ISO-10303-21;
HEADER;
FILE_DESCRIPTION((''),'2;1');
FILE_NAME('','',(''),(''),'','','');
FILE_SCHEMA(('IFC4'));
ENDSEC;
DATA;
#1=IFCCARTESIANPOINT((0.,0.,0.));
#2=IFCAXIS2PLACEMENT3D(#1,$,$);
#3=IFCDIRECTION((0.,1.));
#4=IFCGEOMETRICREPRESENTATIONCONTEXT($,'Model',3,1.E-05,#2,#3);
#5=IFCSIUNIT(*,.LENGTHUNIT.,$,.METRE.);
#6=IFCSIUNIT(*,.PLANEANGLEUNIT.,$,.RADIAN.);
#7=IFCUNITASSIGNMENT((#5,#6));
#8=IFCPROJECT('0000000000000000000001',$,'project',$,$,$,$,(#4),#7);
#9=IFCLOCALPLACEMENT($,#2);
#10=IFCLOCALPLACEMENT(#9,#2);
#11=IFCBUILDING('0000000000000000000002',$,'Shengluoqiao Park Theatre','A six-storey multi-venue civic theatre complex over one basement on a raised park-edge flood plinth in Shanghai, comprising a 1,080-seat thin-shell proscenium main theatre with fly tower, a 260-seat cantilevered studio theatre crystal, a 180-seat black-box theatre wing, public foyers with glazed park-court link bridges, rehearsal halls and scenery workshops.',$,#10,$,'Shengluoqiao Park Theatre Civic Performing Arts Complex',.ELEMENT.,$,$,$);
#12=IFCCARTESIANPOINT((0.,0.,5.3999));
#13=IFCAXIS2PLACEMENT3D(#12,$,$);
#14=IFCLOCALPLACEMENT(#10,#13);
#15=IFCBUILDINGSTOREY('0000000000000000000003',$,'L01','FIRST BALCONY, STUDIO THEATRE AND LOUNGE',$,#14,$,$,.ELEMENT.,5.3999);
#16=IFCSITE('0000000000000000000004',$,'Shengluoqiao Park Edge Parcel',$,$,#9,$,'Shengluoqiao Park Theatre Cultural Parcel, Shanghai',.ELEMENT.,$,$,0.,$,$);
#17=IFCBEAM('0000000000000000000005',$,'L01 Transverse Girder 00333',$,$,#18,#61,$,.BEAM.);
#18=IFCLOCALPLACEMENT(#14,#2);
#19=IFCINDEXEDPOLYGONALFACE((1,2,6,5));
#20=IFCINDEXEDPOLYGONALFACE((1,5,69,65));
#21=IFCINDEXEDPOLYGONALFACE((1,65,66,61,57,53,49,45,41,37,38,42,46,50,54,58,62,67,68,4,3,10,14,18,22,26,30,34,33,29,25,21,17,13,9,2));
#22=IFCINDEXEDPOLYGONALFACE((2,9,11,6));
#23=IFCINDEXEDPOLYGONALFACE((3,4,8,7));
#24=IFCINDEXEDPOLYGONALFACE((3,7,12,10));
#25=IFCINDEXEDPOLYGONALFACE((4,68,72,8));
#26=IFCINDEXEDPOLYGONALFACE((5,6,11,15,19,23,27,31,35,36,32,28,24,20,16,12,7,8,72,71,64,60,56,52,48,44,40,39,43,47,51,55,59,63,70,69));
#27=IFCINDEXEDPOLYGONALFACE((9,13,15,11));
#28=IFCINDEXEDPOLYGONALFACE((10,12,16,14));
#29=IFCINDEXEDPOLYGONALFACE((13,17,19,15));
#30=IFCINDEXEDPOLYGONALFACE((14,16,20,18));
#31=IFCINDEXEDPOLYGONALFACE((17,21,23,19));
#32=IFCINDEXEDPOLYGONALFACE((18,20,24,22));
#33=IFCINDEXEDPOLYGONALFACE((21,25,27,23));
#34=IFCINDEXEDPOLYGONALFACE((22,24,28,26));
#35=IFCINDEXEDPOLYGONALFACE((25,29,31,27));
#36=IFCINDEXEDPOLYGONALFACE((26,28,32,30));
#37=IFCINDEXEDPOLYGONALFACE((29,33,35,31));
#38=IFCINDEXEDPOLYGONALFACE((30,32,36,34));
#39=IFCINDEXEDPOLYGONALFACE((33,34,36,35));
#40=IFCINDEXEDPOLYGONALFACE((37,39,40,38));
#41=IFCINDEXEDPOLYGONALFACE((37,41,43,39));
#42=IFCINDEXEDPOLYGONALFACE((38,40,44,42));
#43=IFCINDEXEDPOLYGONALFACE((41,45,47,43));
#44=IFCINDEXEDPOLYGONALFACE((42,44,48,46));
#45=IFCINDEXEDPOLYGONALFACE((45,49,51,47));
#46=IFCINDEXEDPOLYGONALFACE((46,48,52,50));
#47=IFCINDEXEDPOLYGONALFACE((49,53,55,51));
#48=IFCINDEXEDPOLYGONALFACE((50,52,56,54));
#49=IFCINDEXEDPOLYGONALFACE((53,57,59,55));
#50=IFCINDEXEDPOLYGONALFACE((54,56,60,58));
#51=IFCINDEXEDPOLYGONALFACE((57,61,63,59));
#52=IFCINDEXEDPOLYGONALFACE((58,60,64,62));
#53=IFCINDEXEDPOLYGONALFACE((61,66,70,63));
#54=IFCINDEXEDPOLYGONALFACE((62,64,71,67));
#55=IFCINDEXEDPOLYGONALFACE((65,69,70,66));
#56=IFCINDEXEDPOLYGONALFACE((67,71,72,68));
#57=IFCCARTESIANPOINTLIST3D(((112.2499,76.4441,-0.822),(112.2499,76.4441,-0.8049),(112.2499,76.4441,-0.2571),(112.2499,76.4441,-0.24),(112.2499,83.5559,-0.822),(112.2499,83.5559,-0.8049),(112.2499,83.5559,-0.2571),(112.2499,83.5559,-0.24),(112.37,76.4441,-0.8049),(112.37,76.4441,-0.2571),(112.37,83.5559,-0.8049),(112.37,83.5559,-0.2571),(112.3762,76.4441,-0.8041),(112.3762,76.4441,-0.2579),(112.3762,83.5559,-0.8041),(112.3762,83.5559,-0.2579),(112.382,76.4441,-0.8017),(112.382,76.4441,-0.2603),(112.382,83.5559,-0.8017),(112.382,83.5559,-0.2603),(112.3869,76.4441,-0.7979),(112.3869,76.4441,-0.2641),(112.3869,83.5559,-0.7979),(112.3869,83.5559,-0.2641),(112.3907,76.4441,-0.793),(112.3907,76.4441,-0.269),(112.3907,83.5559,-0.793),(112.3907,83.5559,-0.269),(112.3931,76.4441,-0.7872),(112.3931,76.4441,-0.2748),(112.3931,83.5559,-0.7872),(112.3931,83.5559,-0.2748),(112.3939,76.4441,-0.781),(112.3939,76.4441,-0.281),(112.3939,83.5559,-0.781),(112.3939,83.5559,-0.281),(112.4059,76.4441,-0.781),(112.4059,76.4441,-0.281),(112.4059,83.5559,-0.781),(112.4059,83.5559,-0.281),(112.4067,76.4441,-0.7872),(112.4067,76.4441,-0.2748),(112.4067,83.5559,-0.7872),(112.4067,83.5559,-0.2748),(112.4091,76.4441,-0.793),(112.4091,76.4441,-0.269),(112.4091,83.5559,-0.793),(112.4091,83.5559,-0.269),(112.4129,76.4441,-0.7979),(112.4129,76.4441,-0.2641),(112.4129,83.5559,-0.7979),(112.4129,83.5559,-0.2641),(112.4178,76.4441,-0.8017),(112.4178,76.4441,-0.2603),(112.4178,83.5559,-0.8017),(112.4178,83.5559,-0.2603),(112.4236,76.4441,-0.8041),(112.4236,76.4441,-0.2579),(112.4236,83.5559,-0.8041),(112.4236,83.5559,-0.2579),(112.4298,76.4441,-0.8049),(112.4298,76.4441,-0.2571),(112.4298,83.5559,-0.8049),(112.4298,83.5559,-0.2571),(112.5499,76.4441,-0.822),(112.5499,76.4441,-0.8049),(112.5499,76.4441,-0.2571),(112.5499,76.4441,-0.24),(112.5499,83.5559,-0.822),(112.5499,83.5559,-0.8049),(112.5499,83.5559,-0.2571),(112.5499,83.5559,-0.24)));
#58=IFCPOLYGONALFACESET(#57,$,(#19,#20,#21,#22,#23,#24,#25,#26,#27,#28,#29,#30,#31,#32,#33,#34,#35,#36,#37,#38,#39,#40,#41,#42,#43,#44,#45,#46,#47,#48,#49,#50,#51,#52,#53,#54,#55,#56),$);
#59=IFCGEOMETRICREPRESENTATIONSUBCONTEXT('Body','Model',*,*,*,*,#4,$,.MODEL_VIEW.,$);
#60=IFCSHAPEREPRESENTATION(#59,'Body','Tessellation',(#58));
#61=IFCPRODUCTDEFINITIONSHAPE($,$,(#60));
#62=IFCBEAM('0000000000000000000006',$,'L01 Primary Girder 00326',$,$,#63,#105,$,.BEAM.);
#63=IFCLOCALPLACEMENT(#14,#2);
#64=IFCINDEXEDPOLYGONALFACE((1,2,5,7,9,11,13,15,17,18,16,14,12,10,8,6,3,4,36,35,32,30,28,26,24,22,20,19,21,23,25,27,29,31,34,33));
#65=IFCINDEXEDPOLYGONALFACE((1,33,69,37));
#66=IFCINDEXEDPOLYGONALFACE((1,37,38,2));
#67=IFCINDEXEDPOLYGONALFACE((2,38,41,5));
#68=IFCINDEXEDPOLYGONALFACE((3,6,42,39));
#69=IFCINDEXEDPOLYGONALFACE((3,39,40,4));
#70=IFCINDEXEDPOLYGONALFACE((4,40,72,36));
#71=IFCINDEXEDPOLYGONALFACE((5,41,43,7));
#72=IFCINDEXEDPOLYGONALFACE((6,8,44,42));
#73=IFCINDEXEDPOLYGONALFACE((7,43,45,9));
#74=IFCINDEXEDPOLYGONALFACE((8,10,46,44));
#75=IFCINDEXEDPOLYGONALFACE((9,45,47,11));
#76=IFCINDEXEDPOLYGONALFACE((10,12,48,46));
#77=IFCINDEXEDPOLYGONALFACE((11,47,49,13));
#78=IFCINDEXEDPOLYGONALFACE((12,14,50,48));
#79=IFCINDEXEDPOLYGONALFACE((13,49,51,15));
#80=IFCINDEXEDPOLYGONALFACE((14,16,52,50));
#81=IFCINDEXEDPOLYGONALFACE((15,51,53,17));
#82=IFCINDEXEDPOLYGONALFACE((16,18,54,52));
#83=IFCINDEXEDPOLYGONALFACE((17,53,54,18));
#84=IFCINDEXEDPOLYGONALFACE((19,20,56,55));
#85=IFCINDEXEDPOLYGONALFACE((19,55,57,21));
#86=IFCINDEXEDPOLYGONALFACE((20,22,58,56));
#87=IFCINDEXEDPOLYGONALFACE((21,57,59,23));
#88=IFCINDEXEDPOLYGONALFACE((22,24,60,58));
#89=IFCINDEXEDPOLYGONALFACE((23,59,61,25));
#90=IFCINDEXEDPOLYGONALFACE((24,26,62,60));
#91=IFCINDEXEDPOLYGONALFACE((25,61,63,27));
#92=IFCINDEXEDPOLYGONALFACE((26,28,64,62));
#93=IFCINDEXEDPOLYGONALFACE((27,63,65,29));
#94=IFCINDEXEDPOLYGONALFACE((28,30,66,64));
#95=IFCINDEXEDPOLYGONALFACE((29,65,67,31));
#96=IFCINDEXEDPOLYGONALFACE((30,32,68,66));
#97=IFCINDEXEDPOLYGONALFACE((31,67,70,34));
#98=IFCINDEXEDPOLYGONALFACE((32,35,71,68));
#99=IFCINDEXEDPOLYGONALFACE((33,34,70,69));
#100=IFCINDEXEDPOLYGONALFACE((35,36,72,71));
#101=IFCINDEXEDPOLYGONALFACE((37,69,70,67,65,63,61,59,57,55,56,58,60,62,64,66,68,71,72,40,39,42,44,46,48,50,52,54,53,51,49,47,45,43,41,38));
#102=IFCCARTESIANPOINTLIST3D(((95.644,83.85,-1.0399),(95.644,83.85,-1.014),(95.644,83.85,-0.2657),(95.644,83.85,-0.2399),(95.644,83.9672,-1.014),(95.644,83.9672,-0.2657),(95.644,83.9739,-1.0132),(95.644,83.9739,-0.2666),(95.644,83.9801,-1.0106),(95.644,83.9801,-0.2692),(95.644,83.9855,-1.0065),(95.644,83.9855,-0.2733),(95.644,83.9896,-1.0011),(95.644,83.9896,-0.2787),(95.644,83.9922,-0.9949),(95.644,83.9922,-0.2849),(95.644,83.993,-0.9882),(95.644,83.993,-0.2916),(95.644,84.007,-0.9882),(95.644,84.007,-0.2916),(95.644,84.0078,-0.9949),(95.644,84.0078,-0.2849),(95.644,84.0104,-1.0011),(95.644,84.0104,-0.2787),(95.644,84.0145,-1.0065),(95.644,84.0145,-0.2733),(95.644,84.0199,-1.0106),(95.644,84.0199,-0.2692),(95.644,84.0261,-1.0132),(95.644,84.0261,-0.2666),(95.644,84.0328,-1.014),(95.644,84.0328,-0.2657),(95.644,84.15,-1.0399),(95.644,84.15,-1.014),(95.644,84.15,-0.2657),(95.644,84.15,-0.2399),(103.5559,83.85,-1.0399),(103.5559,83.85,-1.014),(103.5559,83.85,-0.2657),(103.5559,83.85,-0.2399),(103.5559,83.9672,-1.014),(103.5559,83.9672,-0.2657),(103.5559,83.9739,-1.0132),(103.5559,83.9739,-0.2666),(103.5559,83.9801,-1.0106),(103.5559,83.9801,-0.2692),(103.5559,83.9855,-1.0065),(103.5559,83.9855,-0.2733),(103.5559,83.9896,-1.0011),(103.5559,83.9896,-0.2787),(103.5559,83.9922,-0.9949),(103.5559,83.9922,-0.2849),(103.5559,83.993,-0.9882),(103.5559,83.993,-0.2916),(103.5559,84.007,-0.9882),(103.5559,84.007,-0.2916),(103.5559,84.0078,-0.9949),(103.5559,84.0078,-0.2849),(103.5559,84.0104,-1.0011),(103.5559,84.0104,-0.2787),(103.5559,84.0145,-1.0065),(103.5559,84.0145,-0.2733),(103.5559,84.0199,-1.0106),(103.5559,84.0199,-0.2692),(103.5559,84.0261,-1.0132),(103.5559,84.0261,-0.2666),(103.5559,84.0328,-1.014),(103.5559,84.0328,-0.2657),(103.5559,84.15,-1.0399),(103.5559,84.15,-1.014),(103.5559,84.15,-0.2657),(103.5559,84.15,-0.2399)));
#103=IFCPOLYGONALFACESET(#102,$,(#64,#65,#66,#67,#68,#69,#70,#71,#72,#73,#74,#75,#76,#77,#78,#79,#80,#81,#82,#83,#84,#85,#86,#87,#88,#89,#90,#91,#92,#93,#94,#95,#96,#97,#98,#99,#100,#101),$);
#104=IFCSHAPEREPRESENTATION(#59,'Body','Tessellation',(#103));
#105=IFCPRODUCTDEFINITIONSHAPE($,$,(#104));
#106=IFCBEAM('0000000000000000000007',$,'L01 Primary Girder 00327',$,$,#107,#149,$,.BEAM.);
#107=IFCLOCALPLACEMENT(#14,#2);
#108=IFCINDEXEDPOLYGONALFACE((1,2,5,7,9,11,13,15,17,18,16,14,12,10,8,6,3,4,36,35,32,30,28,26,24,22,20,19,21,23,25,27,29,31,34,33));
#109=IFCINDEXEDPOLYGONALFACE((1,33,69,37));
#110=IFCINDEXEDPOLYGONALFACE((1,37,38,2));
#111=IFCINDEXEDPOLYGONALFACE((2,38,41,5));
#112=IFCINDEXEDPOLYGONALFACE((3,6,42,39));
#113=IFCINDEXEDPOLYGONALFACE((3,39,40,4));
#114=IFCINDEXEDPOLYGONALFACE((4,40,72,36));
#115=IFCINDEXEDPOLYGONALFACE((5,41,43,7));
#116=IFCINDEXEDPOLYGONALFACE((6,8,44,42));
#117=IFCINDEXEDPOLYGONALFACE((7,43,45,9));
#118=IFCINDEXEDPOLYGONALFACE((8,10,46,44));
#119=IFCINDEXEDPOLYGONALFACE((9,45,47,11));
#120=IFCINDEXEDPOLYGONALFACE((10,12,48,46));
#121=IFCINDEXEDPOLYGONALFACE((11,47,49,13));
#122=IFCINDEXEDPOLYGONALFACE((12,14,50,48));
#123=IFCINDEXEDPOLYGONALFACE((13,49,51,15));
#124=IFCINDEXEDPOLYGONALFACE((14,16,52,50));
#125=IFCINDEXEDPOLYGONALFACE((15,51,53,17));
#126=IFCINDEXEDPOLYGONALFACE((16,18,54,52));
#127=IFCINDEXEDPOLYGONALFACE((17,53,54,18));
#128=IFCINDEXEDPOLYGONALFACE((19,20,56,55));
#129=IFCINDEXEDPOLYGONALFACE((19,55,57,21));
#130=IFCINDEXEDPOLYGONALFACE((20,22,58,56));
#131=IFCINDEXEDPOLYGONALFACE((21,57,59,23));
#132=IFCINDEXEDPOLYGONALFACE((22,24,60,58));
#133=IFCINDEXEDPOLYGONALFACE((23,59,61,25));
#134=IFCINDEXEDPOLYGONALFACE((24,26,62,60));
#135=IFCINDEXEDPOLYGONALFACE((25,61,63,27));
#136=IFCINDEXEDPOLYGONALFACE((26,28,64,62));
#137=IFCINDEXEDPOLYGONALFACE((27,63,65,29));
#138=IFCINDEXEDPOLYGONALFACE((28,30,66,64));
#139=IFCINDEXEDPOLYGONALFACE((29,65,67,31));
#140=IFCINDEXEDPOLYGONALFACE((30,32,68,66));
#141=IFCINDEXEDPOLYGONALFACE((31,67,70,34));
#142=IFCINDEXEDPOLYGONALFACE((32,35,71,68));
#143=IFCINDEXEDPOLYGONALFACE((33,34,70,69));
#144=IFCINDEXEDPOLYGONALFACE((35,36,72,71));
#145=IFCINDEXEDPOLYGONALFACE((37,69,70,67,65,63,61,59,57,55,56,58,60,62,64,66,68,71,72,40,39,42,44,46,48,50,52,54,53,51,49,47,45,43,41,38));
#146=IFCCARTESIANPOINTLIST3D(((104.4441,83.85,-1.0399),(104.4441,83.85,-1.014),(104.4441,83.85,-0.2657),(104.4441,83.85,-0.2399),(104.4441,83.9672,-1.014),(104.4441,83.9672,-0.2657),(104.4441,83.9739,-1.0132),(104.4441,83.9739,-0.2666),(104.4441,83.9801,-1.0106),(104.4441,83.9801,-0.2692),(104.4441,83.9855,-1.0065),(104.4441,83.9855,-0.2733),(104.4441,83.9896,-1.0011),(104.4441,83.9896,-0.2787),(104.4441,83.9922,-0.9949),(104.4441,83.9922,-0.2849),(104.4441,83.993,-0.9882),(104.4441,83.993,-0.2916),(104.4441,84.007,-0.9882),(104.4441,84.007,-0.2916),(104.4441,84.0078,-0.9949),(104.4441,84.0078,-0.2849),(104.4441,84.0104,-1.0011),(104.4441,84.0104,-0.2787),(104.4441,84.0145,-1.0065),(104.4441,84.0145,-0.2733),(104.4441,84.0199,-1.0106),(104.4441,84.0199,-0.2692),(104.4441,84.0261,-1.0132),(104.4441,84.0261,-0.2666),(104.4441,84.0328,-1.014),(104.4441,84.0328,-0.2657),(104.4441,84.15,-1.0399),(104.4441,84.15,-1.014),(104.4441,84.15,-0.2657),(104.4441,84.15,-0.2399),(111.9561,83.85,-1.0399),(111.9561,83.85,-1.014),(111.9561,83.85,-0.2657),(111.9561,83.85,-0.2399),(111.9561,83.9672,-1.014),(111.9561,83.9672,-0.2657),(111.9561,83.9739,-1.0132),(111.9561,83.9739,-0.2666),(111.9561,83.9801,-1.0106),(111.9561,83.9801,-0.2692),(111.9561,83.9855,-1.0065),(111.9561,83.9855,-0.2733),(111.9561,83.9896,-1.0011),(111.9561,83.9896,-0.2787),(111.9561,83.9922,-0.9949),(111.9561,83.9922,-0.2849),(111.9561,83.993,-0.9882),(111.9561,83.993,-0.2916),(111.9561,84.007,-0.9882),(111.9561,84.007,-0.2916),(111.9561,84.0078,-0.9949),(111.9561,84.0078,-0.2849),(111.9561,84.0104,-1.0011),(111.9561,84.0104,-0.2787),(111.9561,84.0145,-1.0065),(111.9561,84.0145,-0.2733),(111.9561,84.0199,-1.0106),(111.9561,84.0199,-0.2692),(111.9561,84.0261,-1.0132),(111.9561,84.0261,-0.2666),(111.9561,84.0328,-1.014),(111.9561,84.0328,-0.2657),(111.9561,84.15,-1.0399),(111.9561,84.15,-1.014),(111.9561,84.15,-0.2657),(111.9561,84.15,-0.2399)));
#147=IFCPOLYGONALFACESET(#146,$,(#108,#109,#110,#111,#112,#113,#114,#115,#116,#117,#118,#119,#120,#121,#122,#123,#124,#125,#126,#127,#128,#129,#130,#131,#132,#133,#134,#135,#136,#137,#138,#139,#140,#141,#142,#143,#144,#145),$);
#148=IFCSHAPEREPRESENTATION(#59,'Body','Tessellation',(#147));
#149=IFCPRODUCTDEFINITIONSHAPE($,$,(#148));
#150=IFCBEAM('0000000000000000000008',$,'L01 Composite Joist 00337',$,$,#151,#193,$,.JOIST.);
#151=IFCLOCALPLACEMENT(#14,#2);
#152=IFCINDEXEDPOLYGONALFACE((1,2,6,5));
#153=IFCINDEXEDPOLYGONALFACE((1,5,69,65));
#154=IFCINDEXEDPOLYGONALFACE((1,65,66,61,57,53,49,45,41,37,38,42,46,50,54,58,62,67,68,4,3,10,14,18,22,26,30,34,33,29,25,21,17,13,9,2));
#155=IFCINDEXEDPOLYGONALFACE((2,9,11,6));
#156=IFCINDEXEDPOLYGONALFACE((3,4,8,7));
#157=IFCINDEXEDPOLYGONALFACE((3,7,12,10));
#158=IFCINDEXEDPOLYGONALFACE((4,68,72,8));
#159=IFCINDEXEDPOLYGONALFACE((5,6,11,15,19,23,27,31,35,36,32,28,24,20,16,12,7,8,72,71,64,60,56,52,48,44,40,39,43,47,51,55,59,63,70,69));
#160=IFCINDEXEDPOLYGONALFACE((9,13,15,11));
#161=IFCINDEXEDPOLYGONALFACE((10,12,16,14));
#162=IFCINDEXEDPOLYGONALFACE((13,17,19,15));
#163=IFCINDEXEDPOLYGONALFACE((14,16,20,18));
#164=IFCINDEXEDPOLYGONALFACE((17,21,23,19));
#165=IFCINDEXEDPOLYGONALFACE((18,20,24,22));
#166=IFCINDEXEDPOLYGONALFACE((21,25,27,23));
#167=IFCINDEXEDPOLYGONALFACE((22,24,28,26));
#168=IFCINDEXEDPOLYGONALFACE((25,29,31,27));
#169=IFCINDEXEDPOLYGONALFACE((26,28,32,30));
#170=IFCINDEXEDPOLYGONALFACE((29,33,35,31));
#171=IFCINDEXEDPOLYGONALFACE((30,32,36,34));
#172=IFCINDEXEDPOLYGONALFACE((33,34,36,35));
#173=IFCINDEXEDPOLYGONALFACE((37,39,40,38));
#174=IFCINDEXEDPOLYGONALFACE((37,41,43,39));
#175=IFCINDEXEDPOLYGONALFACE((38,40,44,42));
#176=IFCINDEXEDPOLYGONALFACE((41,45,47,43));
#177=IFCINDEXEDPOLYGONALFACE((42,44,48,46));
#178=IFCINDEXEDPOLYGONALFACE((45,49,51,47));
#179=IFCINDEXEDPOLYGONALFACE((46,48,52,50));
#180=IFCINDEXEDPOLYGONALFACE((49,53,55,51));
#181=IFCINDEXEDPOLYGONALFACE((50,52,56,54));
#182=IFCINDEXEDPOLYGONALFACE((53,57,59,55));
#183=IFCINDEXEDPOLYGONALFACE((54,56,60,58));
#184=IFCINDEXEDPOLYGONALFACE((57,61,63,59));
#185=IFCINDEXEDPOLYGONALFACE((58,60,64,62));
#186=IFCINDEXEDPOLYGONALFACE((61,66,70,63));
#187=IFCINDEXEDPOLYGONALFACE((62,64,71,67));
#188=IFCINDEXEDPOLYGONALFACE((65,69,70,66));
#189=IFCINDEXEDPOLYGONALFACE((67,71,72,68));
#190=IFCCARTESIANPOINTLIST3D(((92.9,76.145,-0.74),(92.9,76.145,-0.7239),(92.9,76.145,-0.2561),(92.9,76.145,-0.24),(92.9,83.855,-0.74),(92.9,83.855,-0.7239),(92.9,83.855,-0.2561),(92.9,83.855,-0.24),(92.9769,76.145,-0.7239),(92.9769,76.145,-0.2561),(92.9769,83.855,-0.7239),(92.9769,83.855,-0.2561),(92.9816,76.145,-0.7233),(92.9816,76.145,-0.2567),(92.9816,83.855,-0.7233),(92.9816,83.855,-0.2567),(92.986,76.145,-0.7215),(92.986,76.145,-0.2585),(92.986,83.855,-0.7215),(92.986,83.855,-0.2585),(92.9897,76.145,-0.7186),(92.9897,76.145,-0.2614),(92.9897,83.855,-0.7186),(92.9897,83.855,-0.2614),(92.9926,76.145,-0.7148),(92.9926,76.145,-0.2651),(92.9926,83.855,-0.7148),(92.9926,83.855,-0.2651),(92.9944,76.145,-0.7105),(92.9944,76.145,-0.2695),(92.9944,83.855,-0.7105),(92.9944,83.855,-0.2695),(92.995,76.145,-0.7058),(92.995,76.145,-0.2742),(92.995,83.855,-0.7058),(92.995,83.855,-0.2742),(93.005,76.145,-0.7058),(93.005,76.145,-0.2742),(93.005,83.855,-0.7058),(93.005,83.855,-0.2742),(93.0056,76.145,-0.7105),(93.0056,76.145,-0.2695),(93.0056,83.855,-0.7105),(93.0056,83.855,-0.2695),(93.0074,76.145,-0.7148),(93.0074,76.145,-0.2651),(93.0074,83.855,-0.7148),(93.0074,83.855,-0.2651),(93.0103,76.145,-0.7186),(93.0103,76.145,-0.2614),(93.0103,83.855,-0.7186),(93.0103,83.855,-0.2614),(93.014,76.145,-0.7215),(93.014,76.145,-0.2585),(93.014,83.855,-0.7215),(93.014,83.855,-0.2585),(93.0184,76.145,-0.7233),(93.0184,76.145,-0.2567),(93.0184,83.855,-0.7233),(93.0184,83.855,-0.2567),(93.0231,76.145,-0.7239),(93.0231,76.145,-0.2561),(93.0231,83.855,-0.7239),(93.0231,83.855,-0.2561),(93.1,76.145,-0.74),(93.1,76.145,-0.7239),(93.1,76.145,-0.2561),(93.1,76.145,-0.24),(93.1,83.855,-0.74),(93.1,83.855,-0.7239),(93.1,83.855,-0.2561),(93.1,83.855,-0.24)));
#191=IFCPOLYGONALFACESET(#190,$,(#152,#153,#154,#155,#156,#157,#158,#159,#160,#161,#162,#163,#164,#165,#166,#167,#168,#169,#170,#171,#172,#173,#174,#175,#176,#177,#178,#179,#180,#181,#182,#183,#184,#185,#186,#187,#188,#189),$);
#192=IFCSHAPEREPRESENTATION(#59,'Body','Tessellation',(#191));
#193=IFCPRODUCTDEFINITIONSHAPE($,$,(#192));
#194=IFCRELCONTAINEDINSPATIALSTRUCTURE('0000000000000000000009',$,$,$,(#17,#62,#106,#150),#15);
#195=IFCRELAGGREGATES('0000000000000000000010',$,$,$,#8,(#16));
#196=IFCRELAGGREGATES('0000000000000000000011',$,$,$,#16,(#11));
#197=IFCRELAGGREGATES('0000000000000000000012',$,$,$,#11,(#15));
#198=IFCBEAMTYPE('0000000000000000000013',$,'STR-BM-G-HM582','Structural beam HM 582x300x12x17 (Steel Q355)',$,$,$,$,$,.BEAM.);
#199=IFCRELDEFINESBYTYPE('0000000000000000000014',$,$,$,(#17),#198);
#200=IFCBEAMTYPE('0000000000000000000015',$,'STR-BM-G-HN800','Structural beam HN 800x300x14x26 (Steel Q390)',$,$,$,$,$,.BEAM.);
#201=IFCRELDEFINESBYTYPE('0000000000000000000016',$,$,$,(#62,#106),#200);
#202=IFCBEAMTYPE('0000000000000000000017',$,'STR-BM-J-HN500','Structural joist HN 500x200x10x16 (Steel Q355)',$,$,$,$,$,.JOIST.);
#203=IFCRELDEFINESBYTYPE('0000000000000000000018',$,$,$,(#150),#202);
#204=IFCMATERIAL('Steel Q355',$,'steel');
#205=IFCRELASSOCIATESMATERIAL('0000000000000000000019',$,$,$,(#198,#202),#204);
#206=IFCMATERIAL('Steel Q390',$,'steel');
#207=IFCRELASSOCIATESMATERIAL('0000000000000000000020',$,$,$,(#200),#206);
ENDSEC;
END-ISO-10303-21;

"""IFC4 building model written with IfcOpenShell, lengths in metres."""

from ifc_helpers import new_model, si_unit, direction, frame, origin, origin_2d, place, context, subcontext, project, spatial, i_section, extrude, material, material_profile, profile_set, type_object, element, save


model = new_model("IFC4")

# Units and contexts
model_context = context("Model", 3, precision=1e-05, world=origin(), true_north=direction((0.0, 1.0)))
body_context = subcontext(model_context, "Body", "Model", "MODEL_VIEW")
ifc_project = project(units=[si_unit("LENGTHUNIT", "METRE"), si_unit("PLANEANGLEUNIT", "RADIAN")], contexts=[model_context])

# Site, building, storey
site_placement = place(None, origin())
site = spatial("IfcSite", under=ifc_project, at=site_placement, Name="Shengluoqiao Park Edge Parcel", LongName="Shengluoqiao Park Theatre Cultural Parcel, Shanghai", CompositionType="ELEMENT", RefElevation=0.0)
building_placement = place(site_placement, origin())
building = spatial("IfcBuilding", under=site, at=building_placement, Name="Shengluoqiao Park Theatre", Description="A six-storey multi-venue civic theatre complex over one basement on a raised park-edge flood plinth in Shanghai, comprising a 1,080-seat thin-shell proscenium main theatre with fly tower, a 260-seat cantilevered studio theatre crystal, a 180-seat black-box theatre wing, public foyers with glazed park-court link bridges, rehearsal halls and scenery workshops.", LongName="Shengluoqiao Park Theatre Civic Performing Arts Complex", CompositionType="ELEMENT")
storey_placement = place(building_placement, frame((0.0, 0.0, 5.3999)))
storey = spatial("IfcBuildingStorey", under=building, at=storey_placement, Name="L01", Description="FIRST BALCONY, STUDIO THEATRE AND LOUNGE", CompositionType="ELEMENT", Elevation=5.3999)

# Beams
ifc_material_1 = material(Name="Steel Q355", Category="steel")
ifc_material_profile_1 = material_profile(ifc_material_1, i_section(OverallWidth=0.3, OverallDepth=0.582, WebThickness=0.012, FlangeThickness=0.0171, FilletRadius=0.0239, at=origin_2d()), Name="HM 582x300x12x17")
ifc_profile_set_1 = profile_set([ifc_material_profile_1], Name="Steel Q355")
beam_type_1 = type_object("IfcBeamType", Name="STR-BM-G-HM582", Description="Structural beam HM 582x300x12x17 (Steel Q355)", PredefinedType="BEAM", material=ifc_profile_set_1)
for number, where, z_axis, x_axis, name in (
    (1, (112.3999, 76.4441, -0.531), (0.0, 1.0, 0.0), (-1.0, 0.0, 0.0), "L01 Transverse Girder 00333"),
):
    element("IfcBeam", number, at=place(storey_placement, frame(where, z_axis=z_axis, x_axis=x_axis)), inside=storey, type_object=beam_type_1, Name=name, PredefinedType="BEAM", context=body_context, shape_type="SweptSolid", body=[
        extrude(i_section(OverallWidth=0.3, OverallDepth=0.582, WebThickness=0.012, FlangeThickness=0.0171, FilletRadius=0.0239, at=origin_2d()), origin(), (0.0, 0.0, 1.0), 7.1118),
    ])
ifc_material_2 = material(Name="Steel Q390", Category="steel")
ifc_material_profile_2 = material_profile(ifc_material_2, i_section(OverallWidth=0.3, OverallDepth=0.8, WebThickness=0.0139, FlangeThickness=0.0259, FilletRadius=0.0259, at=origin_2d()), Name="HN 800x300x14x26")
ifc_profile_set_2 = profile_set([ifc_material_profile_2], Name="Steel Q390")
beam_type_2 = type_object("IfcBeamType", Name="STR-BM-G-HN800", Description="Structural beam HN 800x300x14x26 (Steel Q390)", PredefinedType="BEAM", material=ifc_profile_set_2)
beam_1_placement = place(storey_placement, frame((95.644, 84.0, -0.6399), z_axis=(1.0, 0.0, 0.0), x_axis=(0.0, 1.0, 0.0)))
element("IfcBeam", 2, at=beam_1_placement, inside=storey, type_object=beam_type_2, Name="L01 Primary Girder 00326", PredefinedType="BEAM", context=body_context, shape_type="SweptSolid", body=[
    extrude(i_section(OverallWidth=0.3, OverallDepth=0.8, WebThickness=0.0139, FlangeThickness=0.0259, FilletRadius=0.0259, at=origin_2d()), origin(), (0.0, 0.0, 1.0), 7.9119),
])
beam_2_placement = place(storey_placement, frame((104.4441, 84.0, -0.6399), z_axis=(1.0, 0.0, 0.0), x_axis=(0.0, 1.0, 0.0)))
element("IfcBeam", 3, at=beam_2_placement, inside=storey, type_object=beam_type_2, Name="L01 Primary Girder 00327", PredefinedType="BEAM", context=body_context, shape_type="SweptSolid", body=[
    extrude(i_section(OverallWidth=0.3, OverallDepth=0.8, WebThickness=0.0139, FlangeThickness=0.0259, FilletRadius=0.0259, at=origin_2d()), origin(), (0.0, 0.0, 1.0), 7.512),
])
ifc_material_profile_3 = material_profile(ifc_material_1, i_section(OverallWidth=0.2, OverallDepth=0.5, WebThickness=0.01, FlangeThickness=0.0161, FilletRadius=0.0181, at=origin_2d()), Name="HN 500x200x10x16")
ifc_profile_set_3 = profile_set([ifc_material_profile_3], Name="Steel Q355")
beam_type_3 = type_object("IfcBeamType", Name="STR-BM-J-HN500", Description="Structural joist HN 500x200x10x16 (Steel Q355)", PredefinedType="JOIST", material=ifc_profile_set_3)
for number, where, z_axis, x_axis, name in (
    (4, (93.0, 76.145, -0.49), (0.0, 1.0, 0.0), (-1.0, 0.0, 0.0), "L01 Composite Joist 00337"),
):
    element("IfcBeam", number, at=place(storey_placement, frame(where, z_axis=z_axis, x_axis=x_axis)), inside=storey, type_object=beam_type_3, Name=name, PredefinedType="JOIST", context=body_context, shape_type="SweptSolid", body=[
        extrude(i_section(OverallWidth=0.2, OverallDepth=0.5, WebThickness=0.01, FlangeThickness=0.0161, FilletRadius=0.0181, at=origin_2d()), origin(), (0.0, 0.0, 1.0), 7.71),
    ])

save(model, "model.ifc")
